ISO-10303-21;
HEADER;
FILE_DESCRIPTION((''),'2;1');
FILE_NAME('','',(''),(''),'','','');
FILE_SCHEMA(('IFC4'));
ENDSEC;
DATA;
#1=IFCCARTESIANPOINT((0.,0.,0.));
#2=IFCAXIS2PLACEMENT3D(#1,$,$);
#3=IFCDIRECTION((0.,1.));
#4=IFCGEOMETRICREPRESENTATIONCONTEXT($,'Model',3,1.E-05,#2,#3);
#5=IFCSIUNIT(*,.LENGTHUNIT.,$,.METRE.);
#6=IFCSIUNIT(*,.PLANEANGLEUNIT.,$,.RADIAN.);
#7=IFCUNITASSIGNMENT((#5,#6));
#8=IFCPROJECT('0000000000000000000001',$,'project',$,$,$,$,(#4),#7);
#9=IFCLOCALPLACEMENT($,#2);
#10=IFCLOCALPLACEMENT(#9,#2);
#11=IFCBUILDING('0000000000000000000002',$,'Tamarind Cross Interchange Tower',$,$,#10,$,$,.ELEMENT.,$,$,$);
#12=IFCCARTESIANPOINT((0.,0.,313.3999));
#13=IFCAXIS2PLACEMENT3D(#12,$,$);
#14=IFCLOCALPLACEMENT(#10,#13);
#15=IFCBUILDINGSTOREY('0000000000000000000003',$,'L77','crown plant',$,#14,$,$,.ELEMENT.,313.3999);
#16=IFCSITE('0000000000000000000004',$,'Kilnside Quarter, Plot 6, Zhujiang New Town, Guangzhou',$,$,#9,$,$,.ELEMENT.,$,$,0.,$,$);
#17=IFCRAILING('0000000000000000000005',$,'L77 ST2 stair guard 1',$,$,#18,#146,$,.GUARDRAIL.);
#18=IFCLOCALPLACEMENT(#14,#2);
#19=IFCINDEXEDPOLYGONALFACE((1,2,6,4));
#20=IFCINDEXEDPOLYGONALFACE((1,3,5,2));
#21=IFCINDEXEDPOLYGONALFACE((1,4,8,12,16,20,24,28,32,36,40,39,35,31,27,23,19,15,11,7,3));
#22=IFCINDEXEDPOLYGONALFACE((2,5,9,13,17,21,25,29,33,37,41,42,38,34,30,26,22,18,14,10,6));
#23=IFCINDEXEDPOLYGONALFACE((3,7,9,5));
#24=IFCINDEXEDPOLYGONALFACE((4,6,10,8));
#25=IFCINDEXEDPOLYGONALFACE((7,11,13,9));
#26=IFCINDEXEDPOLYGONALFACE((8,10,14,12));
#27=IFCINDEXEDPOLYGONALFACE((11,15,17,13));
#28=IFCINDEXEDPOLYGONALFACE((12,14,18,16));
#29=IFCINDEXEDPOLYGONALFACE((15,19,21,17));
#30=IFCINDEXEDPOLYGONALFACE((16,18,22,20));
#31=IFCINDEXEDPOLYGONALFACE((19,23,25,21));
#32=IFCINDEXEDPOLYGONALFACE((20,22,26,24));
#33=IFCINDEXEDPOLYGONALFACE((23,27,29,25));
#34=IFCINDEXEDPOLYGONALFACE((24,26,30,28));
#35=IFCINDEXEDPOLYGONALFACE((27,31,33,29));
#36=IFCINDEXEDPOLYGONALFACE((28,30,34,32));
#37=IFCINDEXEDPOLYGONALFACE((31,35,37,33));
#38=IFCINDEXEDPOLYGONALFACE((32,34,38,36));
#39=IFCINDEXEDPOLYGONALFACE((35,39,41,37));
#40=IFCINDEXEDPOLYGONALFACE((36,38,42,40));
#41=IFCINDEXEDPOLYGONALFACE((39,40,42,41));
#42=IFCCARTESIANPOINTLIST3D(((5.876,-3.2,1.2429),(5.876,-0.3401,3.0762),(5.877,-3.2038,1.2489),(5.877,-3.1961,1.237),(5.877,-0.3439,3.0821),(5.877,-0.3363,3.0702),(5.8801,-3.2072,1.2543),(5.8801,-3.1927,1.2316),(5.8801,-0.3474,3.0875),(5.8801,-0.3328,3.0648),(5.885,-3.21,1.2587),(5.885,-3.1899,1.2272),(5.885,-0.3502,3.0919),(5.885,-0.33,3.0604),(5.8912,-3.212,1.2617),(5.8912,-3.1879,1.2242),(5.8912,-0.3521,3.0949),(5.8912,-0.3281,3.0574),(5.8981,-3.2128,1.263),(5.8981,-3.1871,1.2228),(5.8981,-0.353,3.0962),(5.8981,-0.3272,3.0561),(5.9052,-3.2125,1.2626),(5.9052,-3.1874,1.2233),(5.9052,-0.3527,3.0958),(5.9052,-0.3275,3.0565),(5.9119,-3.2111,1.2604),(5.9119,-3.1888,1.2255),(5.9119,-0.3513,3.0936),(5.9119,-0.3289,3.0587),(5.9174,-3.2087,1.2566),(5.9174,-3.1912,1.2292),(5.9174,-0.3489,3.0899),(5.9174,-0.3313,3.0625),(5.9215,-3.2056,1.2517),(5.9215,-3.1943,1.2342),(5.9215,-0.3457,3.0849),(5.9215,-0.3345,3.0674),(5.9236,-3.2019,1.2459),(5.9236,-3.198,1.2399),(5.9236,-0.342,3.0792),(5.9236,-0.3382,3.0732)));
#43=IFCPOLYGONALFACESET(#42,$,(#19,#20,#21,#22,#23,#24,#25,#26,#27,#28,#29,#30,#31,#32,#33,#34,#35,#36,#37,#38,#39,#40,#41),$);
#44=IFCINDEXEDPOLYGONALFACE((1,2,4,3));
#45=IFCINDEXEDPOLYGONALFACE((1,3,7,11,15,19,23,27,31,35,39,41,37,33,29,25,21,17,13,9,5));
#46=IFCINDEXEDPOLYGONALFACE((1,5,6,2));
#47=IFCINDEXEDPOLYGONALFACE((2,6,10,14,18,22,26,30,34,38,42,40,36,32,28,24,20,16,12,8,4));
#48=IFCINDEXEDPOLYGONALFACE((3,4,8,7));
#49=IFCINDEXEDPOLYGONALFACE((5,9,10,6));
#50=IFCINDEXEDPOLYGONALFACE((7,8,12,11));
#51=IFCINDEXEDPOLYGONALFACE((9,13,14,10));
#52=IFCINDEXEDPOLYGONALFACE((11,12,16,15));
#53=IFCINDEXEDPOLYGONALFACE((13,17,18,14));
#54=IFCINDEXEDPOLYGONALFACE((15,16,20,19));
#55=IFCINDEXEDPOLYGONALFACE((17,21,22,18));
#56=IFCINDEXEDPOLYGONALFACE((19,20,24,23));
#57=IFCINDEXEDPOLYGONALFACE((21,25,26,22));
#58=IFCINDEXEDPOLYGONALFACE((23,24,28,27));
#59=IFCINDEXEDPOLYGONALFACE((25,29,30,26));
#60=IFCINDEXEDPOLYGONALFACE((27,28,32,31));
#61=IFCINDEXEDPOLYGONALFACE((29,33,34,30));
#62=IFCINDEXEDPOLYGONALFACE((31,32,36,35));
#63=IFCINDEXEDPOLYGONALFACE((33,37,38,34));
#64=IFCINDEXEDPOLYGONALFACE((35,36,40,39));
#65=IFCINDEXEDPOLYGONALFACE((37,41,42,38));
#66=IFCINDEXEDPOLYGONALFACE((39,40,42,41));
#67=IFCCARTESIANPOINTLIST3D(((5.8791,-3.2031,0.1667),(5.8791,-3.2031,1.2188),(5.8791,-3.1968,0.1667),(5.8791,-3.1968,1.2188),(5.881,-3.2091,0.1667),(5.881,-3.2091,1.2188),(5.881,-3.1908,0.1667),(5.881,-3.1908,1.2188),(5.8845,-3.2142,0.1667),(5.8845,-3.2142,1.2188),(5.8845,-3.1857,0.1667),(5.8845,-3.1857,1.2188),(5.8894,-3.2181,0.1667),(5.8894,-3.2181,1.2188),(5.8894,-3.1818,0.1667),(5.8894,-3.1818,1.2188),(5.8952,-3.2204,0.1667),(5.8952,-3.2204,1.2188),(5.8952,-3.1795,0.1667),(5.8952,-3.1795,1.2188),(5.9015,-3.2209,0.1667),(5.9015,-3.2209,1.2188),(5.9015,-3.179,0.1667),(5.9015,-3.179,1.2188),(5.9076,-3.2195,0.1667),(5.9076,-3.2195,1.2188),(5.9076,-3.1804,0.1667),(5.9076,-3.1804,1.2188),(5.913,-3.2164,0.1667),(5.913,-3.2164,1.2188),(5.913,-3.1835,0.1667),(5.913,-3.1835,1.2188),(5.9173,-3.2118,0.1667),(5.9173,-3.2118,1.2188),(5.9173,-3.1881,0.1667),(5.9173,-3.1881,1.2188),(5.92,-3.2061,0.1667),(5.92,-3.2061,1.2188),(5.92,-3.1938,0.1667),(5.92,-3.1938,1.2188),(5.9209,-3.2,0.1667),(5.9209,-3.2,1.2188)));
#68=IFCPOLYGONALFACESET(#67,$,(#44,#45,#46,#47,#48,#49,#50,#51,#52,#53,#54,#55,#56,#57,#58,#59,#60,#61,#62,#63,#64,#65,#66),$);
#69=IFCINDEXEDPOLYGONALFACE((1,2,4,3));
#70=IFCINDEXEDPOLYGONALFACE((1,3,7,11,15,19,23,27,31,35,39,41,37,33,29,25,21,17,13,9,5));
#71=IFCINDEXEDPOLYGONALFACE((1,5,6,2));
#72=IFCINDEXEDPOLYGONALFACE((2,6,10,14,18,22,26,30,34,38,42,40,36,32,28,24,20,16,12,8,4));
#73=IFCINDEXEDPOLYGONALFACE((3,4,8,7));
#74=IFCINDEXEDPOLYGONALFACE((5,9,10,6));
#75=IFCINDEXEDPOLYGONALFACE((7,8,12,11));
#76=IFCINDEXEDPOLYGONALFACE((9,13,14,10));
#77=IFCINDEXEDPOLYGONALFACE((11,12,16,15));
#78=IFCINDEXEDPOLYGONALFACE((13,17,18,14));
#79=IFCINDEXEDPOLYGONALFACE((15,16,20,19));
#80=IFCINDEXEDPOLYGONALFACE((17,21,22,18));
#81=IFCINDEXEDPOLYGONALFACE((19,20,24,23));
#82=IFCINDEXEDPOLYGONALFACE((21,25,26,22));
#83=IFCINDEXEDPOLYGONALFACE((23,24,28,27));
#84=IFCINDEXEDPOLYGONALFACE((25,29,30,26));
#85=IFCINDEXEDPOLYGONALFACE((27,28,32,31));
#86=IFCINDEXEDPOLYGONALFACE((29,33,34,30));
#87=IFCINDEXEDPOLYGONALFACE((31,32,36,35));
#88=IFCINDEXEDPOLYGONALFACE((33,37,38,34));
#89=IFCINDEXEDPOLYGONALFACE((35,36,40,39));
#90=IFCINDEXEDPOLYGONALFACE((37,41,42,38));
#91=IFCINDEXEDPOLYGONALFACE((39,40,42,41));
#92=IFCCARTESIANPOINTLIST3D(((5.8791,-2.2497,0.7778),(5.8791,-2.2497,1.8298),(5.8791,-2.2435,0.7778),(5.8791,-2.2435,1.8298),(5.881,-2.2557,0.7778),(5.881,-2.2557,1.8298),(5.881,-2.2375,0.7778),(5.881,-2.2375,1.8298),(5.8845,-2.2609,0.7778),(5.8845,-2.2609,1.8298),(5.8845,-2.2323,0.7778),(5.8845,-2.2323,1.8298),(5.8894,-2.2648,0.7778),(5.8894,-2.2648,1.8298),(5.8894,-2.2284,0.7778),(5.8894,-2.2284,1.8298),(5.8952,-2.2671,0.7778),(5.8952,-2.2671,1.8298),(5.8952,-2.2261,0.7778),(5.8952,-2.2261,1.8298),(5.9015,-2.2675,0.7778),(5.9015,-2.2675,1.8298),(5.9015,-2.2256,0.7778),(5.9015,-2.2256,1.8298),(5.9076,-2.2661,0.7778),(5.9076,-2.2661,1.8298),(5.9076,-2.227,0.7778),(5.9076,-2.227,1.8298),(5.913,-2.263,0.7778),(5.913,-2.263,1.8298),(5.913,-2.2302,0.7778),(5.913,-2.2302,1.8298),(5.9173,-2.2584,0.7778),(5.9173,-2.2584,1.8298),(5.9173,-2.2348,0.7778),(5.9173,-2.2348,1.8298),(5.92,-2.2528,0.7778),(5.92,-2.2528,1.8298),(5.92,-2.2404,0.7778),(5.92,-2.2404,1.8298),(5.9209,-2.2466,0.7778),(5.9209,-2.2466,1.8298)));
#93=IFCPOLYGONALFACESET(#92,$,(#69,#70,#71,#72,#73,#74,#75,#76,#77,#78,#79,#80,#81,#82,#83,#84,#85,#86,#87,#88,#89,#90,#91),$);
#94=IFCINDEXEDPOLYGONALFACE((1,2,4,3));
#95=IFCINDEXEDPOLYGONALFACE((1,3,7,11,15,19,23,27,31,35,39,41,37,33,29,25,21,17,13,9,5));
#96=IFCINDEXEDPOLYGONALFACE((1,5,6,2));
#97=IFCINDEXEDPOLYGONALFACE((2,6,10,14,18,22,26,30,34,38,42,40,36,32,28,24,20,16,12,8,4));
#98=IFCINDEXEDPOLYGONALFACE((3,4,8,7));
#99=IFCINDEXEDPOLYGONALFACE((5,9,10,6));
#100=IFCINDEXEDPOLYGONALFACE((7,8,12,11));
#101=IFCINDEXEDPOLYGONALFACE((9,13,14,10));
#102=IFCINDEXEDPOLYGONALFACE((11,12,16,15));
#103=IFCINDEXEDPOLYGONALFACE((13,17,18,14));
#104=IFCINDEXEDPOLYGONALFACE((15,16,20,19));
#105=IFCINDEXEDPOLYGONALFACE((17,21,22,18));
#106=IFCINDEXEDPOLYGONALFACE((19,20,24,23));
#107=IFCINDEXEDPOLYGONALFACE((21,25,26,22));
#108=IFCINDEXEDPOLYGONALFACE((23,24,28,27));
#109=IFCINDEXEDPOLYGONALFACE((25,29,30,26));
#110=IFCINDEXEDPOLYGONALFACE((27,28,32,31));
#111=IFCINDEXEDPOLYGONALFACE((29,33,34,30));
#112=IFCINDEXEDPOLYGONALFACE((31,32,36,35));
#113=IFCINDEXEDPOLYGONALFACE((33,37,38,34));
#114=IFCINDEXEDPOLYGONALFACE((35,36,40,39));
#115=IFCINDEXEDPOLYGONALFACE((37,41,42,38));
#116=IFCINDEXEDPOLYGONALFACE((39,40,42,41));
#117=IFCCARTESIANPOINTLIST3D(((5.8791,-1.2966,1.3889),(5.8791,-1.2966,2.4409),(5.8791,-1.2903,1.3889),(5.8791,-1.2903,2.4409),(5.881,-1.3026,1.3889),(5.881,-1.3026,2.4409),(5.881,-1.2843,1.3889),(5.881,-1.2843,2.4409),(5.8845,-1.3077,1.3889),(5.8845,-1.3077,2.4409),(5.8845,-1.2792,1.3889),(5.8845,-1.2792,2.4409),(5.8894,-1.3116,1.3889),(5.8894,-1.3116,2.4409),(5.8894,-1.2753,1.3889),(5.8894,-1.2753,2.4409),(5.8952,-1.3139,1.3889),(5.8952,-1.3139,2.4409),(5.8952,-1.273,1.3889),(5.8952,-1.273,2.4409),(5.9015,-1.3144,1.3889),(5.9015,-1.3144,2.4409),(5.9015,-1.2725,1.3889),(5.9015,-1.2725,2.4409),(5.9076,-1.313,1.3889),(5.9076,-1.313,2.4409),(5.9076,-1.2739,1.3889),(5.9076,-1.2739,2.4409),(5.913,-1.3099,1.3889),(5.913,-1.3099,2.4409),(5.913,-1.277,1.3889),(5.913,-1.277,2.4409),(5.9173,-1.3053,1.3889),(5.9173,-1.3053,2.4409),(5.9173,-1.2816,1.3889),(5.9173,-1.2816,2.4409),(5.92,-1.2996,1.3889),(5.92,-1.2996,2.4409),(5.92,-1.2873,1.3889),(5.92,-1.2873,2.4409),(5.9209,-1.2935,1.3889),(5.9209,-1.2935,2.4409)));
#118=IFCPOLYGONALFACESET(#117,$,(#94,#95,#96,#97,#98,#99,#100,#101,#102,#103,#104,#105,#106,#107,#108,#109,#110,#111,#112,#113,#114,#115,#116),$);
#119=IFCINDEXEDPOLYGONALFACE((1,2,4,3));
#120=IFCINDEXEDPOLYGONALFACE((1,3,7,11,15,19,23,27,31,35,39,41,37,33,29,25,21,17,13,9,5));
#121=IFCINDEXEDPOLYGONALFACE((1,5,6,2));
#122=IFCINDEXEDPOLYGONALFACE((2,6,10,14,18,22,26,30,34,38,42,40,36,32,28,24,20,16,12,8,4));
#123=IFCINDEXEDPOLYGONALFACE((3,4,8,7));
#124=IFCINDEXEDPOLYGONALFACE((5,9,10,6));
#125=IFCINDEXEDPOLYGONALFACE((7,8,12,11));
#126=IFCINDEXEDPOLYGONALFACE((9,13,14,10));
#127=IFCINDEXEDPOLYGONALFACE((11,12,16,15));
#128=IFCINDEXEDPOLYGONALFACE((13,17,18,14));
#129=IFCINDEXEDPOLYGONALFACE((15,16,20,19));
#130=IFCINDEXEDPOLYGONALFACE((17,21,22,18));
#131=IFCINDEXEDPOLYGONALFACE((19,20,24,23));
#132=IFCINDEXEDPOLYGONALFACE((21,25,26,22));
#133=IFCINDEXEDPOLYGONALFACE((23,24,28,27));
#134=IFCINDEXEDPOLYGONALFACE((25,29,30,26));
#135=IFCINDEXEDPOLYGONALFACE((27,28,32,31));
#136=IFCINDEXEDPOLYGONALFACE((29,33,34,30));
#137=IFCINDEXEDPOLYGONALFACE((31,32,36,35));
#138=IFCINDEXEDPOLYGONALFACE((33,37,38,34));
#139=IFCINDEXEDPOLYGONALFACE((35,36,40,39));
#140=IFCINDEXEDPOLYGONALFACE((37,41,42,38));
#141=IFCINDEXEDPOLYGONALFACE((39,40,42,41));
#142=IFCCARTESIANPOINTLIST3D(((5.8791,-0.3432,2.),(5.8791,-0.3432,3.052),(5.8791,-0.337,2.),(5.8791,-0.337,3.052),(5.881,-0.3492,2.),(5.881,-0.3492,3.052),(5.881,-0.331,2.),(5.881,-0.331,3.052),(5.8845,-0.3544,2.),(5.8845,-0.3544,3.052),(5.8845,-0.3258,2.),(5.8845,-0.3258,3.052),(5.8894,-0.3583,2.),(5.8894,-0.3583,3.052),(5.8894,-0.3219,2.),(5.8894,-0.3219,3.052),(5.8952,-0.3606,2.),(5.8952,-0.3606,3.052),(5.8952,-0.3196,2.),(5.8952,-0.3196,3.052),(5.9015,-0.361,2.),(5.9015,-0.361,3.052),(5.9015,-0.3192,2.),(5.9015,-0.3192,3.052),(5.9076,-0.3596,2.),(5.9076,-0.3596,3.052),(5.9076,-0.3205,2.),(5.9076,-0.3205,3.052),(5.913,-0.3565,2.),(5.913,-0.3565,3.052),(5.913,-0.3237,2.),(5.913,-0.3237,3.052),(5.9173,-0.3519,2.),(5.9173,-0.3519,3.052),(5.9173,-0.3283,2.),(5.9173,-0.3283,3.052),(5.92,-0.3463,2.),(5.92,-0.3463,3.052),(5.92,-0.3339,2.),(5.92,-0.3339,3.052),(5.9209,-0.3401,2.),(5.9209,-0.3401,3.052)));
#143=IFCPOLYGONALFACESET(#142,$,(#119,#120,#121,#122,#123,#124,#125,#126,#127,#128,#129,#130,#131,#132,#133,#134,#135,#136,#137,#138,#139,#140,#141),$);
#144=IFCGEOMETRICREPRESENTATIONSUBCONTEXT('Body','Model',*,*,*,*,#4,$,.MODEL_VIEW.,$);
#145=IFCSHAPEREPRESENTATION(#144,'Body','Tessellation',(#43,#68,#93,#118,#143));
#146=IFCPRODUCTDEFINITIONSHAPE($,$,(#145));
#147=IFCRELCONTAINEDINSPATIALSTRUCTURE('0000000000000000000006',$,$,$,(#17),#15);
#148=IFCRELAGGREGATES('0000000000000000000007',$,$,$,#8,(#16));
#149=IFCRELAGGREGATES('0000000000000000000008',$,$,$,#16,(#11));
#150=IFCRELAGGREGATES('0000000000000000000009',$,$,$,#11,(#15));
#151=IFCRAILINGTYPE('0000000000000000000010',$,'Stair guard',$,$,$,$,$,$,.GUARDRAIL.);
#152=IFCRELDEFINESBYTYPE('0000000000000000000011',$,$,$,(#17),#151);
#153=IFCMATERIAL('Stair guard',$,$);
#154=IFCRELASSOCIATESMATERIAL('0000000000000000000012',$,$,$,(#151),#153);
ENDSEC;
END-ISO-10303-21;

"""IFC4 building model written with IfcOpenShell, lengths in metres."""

from ifc_helpers import new_model, si_unit, direction, frame, origin, origin_2d, place, context, subcontext, project, spatial, circle, extrude, material, type_object, element, save


model = new_model("IFC4")

# Units and contexts
model_context = context("Model", 3, precision=1e-05, world=origin(), true_north=direction((0.0, 1.0)))
body_context = subcontext(model_context, "Body", "Model", "MODEL_VIEW")
ifc_project = project(units=[si_unit("LENGTHUNIT", "METRE"), si_unit("PLANEANGLEUNIT", "RADIAN")], contexts=[model_context])

# Site, building, storey
site_placement = place(None, origin())
site = spatial("IfcSite", under=ifc_project, at=site_placement, Name="Kilnside Quarter, Plot 6, Zhujiang New Town, Guangzhou", CompositionType="ELEMENT", RefElevation=0.0)
building_placement = place(site_placement, origin())
building = spatial("IfcBuilding", under=site, at=building_placement, Name="Tamarind Cross Interchange Tower", CompositionType="ELEMENT")
storey_placement = place(building_placement, frame((0.0, 0.0, 313.3999)))
storey = spatial("IfcBuildingStorey", under=building, at=storey_placement, Name="L77", Description="crown plant", CompositionType="ELEMENT", Elevation=313.3999)

# Railing
ifc_material_1 = material(Name="Stair guard")
railing_type_1 = type_object("IfcRailingType", Name="Stair guard", PredefinedType="GUARDRAIL", material=ifc_material_1)
railing_1_placement = place(storey_placement, frame((5.8999, -3.2, 0.1667)))
element("IfcRailing", 1, at=railing_1_placement, inside=storey, type_object=railing_type_1, Name="L77 ST2 stair guard 1", PredefinedType="GUARDRAIL", context=body_context, shape_type="SweptSolid", body=[
    extrude(circle(Radius=0.0239, at=origin_2d()), frame((0.0, 0.0, 1.0762), z_axis=(0.0, 0.841878, 0.539667), x_axis=(-1.0, 0.0, 0.0)), (0.0, 0.0, 1.0), 3.397),
    extrude(circle(Radius=0.021, at=origin_2d()), origin(), (0.0, 0.0, 1.0), 1.052),
    extrude(circle(Radius=0.021, at=origin_2d()), frame((0.0, 0.9534, 0.6111)), (0.0, 0.0, 1.0), 1.052),
    extrude(circle(Radius=0.021, at=origin_2d()), frame((0.0, 1.9065, 1.2222)), (0.0, 0.0, 1.0), 1.052),
    extrude(circle(Radius=0.021, at=origin_2d()), frame((0.0, 2.8599, 1.8333)), (0.0, 0.0, 1.0), 1.052),
])

save(model, "model.ifc")
